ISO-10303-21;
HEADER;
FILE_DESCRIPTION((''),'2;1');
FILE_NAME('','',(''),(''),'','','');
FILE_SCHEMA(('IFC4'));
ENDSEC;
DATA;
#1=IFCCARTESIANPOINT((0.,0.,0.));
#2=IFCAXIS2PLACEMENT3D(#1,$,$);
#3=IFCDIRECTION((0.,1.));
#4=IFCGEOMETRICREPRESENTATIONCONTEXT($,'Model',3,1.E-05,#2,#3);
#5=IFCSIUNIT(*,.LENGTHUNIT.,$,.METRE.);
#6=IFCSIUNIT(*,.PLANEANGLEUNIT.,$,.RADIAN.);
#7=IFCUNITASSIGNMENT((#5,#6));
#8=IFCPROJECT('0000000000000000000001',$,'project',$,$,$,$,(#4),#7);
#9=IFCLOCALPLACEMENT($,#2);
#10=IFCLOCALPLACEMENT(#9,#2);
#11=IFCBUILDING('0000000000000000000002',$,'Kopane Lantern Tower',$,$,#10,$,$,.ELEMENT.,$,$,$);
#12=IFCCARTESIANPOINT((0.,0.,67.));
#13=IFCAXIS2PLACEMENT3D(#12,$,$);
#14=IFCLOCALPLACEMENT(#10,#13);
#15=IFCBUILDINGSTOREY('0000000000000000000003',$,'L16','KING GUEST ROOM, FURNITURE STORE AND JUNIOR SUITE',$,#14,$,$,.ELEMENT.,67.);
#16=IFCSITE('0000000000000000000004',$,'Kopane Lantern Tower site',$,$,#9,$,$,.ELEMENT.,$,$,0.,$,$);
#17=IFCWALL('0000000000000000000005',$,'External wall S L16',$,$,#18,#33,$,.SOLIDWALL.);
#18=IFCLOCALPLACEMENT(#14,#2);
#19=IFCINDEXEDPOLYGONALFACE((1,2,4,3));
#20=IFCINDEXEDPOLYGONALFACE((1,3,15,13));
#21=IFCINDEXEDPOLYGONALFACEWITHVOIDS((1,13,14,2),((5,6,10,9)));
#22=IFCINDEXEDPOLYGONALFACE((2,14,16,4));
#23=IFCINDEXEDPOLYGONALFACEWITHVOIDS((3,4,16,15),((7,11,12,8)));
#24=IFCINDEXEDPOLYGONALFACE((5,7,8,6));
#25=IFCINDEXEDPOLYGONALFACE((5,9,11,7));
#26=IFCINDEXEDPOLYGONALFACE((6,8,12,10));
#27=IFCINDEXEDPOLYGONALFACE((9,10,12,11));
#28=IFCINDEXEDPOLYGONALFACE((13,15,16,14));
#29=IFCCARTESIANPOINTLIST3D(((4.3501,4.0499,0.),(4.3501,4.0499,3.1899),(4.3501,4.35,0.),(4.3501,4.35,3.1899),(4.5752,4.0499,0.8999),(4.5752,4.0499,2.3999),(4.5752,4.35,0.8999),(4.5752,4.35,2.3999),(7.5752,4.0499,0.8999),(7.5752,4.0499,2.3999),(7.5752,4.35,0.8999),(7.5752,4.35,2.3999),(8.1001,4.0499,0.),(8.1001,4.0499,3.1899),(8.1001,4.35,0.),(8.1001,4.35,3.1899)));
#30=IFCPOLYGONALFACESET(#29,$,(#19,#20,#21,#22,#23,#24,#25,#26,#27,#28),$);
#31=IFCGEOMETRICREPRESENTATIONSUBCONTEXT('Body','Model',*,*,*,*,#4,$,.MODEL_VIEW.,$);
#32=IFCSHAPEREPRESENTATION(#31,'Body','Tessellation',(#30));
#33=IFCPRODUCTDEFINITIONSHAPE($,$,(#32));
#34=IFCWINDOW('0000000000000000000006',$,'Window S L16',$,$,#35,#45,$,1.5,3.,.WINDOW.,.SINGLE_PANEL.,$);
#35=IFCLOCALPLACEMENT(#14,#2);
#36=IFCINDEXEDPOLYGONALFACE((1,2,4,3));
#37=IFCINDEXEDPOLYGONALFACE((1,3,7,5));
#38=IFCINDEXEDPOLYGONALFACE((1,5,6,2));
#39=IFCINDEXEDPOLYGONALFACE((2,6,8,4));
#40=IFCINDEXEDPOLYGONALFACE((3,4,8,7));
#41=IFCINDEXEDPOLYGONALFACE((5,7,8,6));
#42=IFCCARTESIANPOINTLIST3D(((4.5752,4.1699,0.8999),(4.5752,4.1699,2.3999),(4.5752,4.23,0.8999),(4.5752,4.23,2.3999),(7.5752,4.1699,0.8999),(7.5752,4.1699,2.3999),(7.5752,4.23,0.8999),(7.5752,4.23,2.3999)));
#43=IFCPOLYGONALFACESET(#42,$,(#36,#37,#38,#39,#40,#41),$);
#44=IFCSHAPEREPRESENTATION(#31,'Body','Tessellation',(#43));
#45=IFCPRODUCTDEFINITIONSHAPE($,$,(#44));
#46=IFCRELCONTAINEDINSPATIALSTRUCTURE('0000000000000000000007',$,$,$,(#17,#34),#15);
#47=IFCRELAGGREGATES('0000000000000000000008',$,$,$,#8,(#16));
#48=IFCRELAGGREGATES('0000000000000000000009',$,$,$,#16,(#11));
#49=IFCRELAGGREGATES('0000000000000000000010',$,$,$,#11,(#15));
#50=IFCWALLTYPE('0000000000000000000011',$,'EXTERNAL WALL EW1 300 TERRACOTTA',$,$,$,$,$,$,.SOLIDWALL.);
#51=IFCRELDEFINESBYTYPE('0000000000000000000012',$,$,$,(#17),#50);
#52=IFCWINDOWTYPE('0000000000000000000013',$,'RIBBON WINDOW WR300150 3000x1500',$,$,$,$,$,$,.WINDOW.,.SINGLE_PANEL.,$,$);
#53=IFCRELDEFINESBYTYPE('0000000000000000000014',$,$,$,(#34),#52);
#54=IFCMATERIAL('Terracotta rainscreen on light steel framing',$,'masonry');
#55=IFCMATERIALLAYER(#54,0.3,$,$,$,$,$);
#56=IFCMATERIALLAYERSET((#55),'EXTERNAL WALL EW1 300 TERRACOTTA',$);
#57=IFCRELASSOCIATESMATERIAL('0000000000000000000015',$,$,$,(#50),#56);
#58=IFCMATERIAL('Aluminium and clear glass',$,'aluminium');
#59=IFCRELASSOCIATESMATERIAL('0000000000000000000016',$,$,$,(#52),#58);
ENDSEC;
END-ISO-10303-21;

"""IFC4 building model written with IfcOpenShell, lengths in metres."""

from ifc_helpers import new_model, si_unit, direction, frame, frame_2d, origin, place, context, subcontext, project, spatial, rectangle, extrude, material, layer, layer_set, type_object, element, fill, save


model = new_model("IFC4")

# Units and contexts
model_context = context("Model", 3, precision=1e-05, world=origin(), true_north=direction((0.0, 1.0)))
body_context = subcontext(model_context, "Body", "Model", "MODEL_VIEW")
ifc_project = project(units=[si_unit("LENGTHUNIT", "METRE"), si_unit("PLANEANGLEUNIT", "RADIAN")], contexts=[model_context])

# Site, building, storey
site_placement = place(None, origin())
site = spatial("IfcSite", under=ifc_project, at=site_placement, Name="Kopane Lantern Tower site", CompositionType="ELEMENT", RefElevation=0.0)
building_placement = place(site_placement, origin())
building = spatial("IfcBuilding", under=site, at=building_placement, Name="Kopane Lantern Tower", CompositionType="ELEMENT")
storey_placement = place(building_placement, frame((0.0, 0.0, 67.0)))
storey = spatial("IfcBuildingStorey", under=building, at=storey_placement, Name="L16", Description="KING GUEST ROOM, FURNITURE STORE AND JUNIOR SUITE", CompositionType="ELEMENT", Elevation=67.0)

# Wall, opening, window
ifc_material_1 = material(Name="Terracotta rainscreen on light steel framing", Category="masonry")
ifc_layer_1 = layer(ifc_material_1, 0.3)
ifc_layer_set_1 = layer_set([ifc_layer_1], Name="EXTERNAL WALL EW1 300 TERRACOTTA")
wall_type_1 = type_object("IfcWallType", Name="EXTERNAL WALL EW1 300 TERRACOTTA", PredefinedType="SOLIDWALL", material=ifc_layer_set_1)
ifc_material_2 = material(Name="Aluminium and clear glass", Category="aluminium")
window_type = type_object("IfcWindowType", Name="RIBBON WINDOW WR300150 3000x1500", PartitioningType="SINGLE_PANEL", PredefinedType="WINDOW", material=ifc_material_2)
wall_1_placement = place(storey_placement, frame((4.3501, 4.2, 0.0), z_axis=(0.0, 0.0, 1.0), x_axis=(1.0, 0.0, 0.0)))
wall_1 = element("IfcWall", 1, at=wall_1_placement, inside=storey, type_object=wall_type_1, Name="External wall S L16", PredefinedType="SOLIDWALL", context=body_context, shape_type="SweptSolid", body=[
    extrude(rectangle(XDim=3.75, YDim=0.3, at=frame_2d((1.875, 0.0))), origin(), (0.0, 0.0, 1.0), 3.1899),
])
opening_1_placement = place(wall_1_placement, frame((0.2251, 0.0, 0.8999)))
opening_1 = element("IfcOpeningElement", 2, at=opening_1_placement, cuts=wall_1, PredefinedType="OPENING", context=body_context, shape_type="SweptSolid", body=[
    extrude(rectangle(XDim=3.0, YDim=1.5, at=frame_2d((1.5, 0.75))), frame((0.0, 0.1599, 0.0), z_axis=(0.0, -1.0, 0.0), x_axis=(1.0, 0.0, 0.0)), (0.0, 0.0, 1.0), 0.3201),
])
window_1_placement = place(opening_1_placement, origin())
window_1 = element("IfcWindow", 3, at=window_1_placement, inside=storey, type_object=window_type, Name="Window S L16", OverallHeight=1.5, OverallWidth=3.0, PartitioningType="SINGLE_PANEL", PredefinedType="WINDOW", context=body_context, shape_type="SweptSolid", body=[
    extrude(rectangle(XDim=3.0, YDim=1.5, at=frame_2d((1.5, 0.75))), frame((0.0, 0.03, 0.0), z_axis=(0.0, -1.0, 0.0), x_axis=(1.0, 0.0, 0.0)), (0.0, 0.0, 1.0), 0.0601),
])
fill(opening_1, window_1)

save(model, "model.ifc")
